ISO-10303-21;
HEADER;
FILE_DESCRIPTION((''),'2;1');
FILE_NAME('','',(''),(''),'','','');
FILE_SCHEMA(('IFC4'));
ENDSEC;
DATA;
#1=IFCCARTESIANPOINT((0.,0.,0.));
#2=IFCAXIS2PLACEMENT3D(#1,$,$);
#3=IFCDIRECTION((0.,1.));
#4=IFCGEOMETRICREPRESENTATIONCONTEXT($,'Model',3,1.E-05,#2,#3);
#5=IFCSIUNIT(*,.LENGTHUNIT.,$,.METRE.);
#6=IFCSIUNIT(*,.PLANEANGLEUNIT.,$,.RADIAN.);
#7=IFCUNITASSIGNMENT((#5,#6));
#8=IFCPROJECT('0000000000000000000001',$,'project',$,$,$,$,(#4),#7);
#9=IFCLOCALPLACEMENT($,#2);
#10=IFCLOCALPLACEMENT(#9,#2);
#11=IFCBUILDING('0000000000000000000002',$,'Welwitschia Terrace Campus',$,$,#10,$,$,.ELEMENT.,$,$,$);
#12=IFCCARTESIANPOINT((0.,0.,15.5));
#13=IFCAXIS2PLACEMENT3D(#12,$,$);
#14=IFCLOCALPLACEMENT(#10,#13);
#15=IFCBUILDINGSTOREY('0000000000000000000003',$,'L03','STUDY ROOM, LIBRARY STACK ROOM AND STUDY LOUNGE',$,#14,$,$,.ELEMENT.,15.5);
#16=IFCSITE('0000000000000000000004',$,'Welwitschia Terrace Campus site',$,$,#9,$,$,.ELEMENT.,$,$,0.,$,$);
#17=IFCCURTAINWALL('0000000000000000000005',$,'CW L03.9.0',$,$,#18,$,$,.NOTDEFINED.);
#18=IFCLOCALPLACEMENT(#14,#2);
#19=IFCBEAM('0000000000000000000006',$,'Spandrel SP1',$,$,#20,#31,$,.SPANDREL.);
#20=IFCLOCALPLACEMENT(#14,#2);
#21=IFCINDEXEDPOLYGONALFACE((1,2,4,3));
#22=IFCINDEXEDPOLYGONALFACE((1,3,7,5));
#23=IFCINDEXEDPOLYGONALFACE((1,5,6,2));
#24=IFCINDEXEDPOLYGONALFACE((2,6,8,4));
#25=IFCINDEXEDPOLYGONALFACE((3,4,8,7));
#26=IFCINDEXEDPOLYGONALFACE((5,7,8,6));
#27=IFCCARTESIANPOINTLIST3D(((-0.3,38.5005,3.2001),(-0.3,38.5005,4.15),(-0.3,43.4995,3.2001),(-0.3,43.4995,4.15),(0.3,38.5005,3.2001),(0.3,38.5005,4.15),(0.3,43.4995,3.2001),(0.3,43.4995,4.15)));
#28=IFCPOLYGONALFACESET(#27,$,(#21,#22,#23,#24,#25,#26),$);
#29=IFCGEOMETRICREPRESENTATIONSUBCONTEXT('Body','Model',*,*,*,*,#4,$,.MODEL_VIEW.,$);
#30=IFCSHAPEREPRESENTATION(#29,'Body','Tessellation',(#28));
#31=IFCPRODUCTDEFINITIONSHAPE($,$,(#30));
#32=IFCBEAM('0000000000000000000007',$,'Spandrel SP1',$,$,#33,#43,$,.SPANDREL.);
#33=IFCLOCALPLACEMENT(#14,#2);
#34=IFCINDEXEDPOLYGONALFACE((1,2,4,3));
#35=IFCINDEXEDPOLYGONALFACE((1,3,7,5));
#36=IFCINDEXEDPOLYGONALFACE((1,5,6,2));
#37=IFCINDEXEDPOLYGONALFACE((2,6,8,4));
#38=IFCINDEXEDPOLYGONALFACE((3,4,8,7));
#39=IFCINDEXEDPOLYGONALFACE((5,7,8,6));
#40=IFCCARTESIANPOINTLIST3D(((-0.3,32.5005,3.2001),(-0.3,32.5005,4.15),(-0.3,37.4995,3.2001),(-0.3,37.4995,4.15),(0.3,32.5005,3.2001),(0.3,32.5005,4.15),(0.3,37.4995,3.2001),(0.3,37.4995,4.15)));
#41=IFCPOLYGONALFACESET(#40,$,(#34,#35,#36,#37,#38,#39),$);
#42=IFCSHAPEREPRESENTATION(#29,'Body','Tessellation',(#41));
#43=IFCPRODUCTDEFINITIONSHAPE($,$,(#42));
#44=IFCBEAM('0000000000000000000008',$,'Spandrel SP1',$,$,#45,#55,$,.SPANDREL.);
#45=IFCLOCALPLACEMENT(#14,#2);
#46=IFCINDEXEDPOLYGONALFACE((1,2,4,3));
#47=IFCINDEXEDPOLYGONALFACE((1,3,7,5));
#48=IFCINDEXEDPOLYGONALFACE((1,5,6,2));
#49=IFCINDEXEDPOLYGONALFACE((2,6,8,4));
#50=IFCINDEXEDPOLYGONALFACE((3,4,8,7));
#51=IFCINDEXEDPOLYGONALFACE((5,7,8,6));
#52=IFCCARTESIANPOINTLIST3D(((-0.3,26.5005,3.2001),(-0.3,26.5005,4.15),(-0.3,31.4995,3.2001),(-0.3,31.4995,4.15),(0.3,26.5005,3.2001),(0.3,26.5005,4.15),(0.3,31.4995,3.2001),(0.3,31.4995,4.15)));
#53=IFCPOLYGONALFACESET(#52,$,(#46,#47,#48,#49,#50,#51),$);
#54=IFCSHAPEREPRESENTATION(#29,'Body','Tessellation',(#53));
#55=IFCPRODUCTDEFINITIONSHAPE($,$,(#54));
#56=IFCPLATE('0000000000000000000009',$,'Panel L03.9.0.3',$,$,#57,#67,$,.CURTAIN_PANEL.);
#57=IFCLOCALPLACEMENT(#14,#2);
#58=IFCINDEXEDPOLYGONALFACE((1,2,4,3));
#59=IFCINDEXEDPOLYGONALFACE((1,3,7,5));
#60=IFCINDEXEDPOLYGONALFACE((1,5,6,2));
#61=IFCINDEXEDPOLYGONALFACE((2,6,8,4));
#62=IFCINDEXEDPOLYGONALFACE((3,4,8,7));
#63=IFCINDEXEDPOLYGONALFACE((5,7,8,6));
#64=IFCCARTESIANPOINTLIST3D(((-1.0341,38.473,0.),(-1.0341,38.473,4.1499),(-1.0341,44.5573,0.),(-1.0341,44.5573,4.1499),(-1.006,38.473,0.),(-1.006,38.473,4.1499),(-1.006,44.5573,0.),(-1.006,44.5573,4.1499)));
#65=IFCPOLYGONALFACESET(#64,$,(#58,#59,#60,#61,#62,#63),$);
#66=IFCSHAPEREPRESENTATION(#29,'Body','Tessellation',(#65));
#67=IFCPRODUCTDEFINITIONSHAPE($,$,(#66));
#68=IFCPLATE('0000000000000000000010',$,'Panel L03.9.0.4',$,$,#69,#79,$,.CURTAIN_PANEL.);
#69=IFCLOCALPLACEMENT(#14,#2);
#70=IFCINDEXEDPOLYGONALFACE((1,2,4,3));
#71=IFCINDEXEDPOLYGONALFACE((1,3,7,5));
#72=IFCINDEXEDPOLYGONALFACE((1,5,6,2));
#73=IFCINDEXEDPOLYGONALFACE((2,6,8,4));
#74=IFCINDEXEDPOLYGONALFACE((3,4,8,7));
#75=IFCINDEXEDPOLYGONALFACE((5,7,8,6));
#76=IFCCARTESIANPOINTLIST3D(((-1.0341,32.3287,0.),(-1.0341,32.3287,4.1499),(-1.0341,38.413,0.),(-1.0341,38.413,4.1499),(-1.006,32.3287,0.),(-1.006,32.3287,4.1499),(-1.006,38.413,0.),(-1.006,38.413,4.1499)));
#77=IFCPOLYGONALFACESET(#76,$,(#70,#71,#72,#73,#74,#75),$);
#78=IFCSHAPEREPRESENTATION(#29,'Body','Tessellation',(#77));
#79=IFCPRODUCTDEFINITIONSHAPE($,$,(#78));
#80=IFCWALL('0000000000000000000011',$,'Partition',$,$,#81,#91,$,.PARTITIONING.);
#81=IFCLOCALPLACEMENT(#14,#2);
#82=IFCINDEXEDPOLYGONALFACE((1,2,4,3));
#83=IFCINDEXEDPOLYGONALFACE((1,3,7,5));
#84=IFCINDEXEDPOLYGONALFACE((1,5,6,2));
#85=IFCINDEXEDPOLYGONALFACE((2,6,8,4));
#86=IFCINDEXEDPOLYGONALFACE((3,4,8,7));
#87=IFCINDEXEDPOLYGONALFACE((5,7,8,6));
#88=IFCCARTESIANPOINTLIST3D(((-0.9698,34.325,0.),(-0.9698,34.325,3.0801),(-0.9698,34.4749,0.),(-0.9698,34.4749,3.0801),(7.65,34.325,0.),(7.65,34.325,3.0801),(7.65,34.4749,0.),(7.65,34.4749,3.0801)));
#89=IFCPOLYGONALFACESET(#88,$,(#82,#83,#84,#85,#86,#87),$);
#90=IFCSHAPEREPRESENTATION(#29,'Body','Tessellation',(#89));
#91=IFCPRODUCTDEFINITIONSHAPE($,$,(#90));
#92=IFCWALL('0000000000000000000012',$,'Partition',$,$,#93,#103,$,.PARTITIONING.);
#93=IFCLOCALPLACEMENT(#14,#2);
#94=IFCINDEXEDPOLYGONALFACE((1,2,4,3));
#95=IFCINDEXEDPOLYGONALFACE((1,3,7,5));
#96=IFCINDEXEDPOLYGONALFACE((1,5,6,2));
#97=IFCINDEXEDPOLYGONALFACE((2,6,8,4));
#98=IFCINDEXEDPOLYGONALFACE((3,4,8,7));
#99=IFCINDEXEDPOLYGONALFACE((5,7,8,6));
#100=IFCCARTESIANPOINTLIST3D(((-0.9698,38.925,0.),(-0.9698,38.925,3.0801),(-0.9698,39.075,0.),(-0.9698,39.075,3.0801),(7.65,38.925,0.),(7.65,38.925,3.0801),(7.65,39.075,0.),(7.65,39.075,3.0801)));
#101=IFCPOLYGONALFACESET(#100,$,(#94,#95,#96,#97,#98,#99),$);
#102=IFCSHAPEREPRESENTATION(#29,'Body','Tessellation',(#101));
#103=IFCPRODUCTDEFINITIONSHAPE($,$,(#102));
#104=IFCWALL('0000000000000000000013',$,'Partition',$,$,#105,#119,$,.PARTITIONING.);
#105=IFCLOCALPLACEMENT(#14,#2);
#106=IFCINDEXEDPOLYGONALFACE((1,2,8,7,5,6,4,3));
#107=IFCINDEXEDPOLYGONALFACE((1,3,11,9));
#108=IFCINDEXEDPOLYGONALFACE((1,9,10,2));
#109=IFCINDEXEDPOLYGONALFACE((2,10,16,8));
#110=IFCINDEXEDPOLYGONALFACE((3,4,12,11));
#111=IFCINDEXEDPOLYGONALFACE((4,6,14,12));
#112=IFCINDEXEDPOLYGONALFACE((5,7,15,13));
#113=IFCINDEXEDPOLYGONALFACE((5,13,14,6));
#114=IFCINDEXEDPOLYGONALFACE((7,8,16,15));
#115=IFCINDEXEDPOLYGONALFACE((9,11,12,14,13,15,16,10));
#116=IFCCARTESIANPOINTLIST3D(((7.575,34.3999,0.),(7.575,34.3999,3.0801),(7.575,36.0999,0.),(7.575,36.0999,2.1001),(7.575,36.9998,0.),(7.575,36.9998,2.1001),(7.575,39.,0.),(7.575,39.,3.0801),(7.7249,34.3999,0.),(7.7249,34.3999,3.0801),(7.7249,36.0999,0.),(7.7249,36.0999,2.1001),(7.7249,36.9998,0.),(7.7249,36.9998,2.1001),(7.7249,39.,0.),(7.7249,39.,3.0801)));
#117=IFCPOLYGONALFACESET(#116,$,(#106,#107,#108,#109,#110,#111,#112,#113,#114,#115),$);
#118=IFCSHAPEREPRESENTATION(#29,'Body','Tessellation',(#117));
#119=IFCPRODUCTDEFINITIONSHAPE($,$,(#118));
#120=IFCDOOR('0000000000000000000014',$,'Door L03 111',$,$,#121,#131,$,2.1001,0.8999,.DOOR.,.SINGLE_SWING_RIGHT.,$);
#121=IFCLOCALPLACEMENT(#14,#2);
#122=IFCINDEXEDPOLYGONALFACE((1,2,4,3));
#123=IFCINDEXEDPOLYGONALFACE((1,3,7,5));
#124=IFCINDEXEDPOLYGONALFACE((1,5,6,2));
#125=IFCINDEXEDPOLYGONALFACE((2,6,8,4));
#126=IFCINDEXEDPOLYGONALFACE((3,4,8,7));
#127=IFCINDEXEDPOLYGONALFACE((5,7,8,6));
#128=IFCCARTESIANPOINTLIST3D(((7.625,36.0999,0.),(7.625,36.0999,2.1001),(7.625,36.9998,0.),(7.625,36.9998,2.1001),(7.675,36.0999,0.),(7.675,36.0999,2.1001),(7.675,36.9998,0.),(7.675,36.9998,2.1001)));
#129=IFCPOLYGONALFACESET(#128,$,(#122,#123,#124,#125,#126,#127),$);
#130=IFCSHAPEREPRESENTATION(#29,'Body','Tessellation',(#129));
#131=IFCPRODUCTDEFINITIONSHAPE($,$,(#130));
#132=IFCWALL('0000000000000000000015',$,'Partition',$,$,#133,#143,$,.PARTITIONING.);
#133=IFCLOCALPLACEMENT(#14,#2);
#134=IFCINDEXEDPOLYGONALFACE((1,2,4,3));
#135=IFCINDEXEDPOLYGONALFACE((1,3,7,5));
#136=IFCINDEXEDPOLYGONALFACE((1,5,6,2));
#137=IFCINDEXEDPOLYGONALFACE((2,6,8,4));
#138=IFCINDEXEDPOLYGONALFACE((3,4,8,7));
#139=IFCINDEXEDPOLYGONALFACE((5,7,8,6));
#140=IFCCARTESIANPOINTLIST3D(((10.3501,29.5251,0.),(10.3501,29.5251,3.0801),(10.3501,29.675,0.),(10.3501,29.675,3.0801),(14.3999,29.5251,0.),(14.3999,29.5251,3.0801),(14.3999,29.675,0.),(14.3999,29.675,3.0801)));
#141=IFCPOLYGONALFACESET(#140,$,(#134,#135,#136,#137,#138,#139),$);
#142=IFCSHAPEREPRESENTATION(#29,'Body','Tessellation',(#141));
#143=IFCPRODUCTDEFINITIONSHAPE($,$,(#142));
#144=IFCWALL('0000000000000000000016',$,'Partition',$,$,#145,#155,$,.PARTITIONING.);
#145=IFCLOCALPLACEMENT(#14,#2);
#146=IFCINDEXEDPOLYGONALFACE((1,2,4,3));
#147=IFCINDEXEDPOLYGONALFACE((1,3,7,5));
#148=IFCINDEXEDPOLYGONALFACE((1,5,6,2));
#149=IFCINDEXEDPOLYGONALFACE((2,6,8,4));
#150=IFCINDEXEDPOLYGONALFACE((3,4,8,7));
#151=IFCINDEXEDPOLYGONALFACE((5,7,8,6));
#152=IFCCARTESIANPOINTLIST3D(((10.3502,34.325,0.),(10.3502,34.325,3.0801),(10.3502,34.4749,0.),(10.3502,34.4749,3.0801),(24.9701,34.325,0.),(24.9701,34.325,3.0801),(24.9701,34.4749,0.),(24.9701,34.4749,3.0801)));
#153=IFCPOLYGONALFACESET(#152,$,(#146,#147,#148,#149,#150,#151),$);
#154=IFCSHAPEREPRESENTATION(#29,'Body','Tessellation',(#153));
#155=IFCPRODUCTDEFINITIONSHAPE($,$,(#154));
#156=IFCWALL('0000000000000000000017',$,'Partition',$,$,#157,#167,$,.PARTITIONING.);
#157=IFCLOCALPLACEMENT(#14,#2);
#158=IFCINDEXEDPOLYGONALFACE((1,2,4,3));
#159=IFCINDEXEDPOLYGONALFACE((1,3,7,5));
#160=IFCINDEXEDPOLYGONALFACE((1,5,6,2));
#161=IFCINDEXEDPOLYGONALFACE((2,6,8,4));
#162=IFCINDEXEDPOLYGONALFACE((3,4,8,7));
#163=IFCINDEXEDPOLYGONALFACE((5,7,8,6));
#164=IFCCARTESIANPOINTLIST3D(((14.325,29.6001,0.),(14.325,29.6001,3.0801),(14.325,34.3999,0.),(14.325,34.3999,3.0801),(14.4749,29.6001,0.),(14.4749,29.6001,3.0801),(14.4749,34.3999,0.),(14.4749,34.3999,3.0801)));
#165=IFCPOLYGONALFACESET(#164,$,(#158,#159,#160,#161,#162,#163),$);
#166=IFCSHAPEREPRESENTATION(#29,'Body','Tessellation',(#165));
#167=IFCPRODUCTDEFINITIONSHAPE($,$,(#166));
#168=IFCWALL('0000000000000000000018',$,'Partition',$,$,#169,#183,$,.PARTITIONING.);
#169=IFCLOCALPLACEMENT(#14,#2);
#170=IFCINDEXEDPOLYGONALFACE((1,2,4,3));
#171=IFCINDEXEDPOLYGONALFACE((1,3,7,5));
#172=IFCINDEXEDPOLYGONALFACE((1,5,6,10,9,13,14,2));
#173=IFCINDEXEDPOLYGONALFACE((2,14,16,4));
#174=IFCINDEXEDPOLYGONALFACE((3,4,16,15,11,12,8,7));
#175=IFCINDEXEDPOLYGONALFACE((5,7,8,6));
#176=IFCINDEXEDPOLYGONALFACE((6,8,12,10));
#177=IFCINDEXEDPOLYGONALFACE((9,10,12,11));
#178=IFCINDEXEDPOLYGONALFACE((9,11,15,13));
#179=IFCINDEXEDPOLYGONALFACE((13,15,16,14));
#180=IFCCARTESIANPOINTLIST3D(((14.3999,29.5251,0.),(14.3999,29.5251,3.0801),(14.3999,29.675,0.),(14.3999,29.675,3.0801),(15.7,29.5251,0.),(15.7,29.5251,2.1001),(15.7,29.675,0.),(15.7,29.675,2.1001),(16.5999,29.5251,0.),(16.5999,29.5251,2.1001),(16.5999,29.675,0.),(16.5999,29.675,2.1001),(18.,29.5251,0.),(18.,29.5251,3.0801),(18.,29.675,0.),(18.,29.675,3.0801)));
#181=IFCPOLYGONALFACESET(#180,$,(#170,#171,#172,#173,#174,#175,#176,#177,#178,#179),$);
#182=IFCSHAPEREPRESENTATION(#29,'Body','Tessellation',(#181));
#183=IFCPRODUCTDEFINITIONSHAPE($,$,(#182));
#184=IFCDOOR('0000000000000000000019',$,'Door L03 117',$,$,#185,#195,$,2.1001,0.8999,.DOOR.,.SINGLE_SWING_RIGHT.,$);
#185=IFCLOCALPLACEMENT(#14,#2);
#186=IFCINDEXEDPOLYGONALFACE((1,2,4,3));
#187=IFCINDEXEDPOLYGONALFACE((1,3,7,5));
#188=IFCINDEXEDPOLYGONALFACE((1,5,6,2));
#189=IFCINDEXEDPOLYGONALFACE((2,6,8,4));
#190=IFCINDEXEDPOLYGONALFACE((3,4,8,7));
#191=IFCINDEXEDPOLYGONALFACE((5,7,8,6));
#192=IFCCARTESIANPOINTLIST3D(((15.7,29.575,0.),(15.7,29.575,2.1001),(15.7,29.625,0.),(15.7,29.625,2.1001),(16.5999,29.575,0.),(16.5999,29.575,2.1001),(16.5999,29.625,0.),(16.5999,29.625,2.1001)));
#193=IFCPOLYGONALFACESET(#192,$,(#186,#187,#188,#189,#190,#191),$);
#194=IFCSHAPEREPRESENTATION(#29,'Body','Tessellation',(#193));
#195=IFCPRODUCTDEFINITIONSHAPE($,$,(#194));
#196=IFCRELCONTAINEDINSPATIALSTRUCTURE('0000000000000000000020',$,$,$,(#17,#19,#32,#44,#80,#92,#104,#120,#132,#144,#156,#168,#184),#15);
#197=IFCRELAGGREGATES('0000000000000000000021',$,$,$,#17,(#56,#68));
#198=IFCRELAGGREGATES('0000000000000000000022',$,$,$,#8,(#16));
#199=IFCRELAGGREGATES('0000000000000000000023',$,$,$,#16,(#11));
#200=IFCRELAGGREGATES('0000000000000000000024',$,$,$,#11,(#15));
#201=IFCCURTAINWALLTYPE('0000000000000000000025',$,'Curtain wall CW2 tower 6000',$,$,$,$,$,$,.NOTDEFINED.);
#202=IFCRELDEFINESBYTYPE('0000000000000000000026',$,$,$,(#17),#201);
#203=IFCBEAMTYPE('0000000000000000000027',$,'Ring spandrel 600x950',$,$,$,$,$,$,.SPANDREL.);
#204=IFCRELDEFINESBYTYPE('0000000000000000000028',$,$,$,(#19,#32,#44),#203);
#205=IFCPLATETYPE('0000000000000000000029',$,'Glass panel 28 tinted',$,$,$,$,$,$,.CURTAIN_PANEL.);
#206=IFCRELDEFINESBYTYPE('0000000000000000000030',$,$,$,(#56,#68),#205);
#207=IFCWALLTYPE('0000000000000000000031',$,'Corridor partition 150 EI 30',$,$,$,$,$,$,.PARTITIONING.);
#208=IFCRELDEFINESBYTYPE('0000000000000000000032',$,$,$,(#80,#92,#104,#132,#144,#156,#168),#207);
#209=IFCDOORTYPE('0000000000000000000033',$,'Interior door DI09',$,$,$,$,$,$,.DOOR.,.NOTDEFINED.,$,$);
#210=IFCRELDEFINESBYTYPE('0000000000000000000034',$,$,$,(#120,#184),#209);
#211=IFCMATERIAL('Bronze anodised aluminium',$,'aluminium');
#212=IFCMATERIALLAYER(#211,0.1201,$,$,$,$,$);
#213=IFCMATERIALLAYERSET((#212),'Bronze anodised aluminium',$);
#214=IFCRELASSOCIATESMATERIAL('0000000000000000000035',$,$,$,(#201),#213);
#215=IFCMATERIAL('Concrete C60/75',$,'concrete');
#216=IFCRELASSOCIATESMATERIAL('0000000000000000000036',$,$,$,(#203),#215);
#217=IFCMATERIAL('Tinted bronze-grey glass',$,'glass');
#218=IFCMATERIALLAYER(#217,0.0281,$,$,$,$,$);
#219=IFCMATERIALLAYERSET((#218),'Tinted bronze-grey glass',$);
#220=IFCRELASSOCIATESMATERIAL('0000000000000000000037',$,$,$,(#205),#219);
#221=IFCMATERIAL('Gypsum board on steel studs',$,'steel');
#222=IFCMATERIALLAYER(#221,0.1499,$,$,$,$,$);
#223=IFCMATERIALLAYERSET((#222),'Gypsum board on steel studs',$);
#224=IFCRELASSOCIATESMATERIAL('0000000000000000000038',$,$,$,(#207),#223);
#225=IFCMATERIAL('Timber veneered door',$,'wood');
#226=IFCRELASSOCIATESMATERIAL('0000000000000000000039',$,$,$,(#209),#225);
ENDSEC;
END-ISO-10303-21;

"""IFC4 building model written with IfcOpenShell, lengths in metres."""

from ifc_helpers import new_model, si_unit, direction, frame, frame_2d, origin, origin_2d, place, context, subcontext, project, spatial, rectangle, extrude, material, layer, layer_set, material_profile, profile_set, type_object, element, fill, aggregate, save


model = new_model("IFC4")

# Units and contexts
model_context = context("Model", 3, precision=1e-05, world=origin(), true_north=direction((0.0, 1.0)))
body_context = subcontext(model_context, "Body", "Model", "MODEL_VIEW")
ifc_project = project(units=[si_unit("LENGTHUNIT", "METRE"), si_unit("PLANEANGLEUNIT", "RADIAN")], contexts=[model_context])

# Site, building, storey
site_placement = place(None, origin())
site = spatial("IfcSite", under=ifc_project, at=site_placement, Name="Welwitschia Terrace Campus site", CompositionType="ELEMENT", RefElevation=0.0)
building_placement = place(site_placement, origin())
building = spatial("IfcBuilding", under=site, at=building_placement, Name="Welwitschia Terrace Campus", CompositionType="ELEMENT")
storey_placement = place(building_placement, frame((0.0, 0.0, 15.5)))
storey = spatial("IfcBuildingStorey", under=building, at=storey_placement, Name="L03", Description="STUDY ROOM, LIBRARY STACK ROOM AND STUDY LOUNGE", CompositionType="ELEMENT", Elevation=15.5)

# Curtain wall
ifc_material_1 = material(Name="Bronze anodised aluminium", Category="aluminium")
ifc_layer_1 = layer(ifc_material_1, 0.1201)
ifc_layer_set_1 = layer_set([ifc_layer_1], Name="Bronze anodised aluminium")
curtain_wall_type = type_object("IfcCurtainWallType", Name="Curtain wall CW2 tower 6000", PredefinedType="NOTDEFINED", material=ifc_layer_set_1)
curtain_wall_placement = place(storey_placement, origin())
curtain_wall = element("IfcCurtainWall", 1, at=curtain_wall_placement, inside=storey, type_object=curtain_wall_type, Name="CW L03.9.0", PredefinedType="NOTDEFINED")

# Beams
ifc_material_2 = material(Name="Concrete C60/75", Category="concrete")
ifc_material_profile_1 = material_profile(ifc_material_2, rectangle(XDim=0.6001, YDim=0.95, at=origin_2d()))
ifc_profile_set_1 = profile_set([ifc_material_profile_1], Name="Concrete C60/75")
beam_type_1 = type_object("IfcBeamType", Name="Ring spandrel 600x950", PredefinedType="SPANDREL", material=ifc_profile_set_1)
for number, where, z_axis, x_axis, name in (
    (2, (0.0, 43.4995, 3.675), (0.0, -1.0, 0.0), (1.0, 0.0, 0.0), "Spandrel SP1"),
    (3, (0.0, 37.4995, 3.675), (0.0, -1.0, 0.0), (1.0, 0.0, 0.0), "Spandrel SP1"),
    (4, (0.0, 31.4995, 3.675), (0.0, -1.0, 0.0), (1.0, 0.0, 0.0), "Spandrel SP1"),
):
    element("IfcBeam", number, at=place(storey_placement, frame(where, z_axis=z_axis, x_axis=x_axis)), inside=storey, type_object=beam_type_1, Name=name, PredefinedType="SPANDREL", context=body_context, shape_type="SweptSolid", body=[
        extrude(rectangle(XDim=0.6001, YDim=0.95, at=origin_2d()), origin(), (0.0, 0.0, 1.0), 4.999),
    ])

# Plates
ifc_material_3 = material(Name="Tinted bronze-grey glass", Category="glass")
ifc_layer_2 = layer(ifc_material_3, 0.0281)
ifc_layer_set_2 = layer_set([ifc_layer_2], Name="Tinted bronze-grey glass")
plate_type = type_object("IfcPlateType", Name="Glass panel 28 tinted", PredefinedType="CURTAIN_PANEL", material=ifc_layer_set_2)
plate_1_placement = place(storey_placement, frame((-1.02, 41.5151, 0.0), z_axis=(0.0, 0.0, 1.0), x_axis=(0.0, -1.0, 0.0)))
plate_1 = element("IfcPlate", 5, at=plate_1_placement, type_object=plate_type, Name="Panel L03.9.0.3", PredefinedType="CURTAIN_PANEL", context=body_context, shape_type="SweptSolid", body=[
    extrude(rectangle(XDim=6.0842, YDim=0.0281, at=origin_2d()), origin(), (0.0, 0.0, 1.0), 4.1499),
])
plate_2_placement = place(storey_placement, frame((-1.02, 35.3708, 0.0), z_axis=(0.0, 0.0, 1.0), x_axis=(0.0, -1.0, 0.0)))
plate_2 = element("IfcPlate", 6, at=plate_2_placement, type_object=plate_type, Name="Panel L03.9.0.4", PredefinedType="CURTAIN_PANEL", context=body_context, shape_type="SweptSolid", body=[
    extrude(rectangle(XDim=6.0842, YDim=0.0281, at=origin_2d()), origin(), (0.0, 0.0, 1.0), 4.1499),
])
aggregate(curtain_wall, [plate_1, plate_2])

# Walls
ifc_material_4 = material(Name="Gypsum board on steel studs", Category="steel")
ifc_layer_3 = layer(ifc_material_4, 0.1499)
ifc_layer_set_3 = layer_set([ifc_layer_3], Name="Gypsum board on steel studs")
wall_type = type_object("IfcWallType", Name="Corridor partition 150 EI 30", PredefinedType="PARTITIONING", material=ifc_layer_set_3)
for number, where, z_axis, x_axis, name in (
    (7, (-0.97, 34.3999, 0.0), (0.0, 0.0, 1.0), (1.0, 0.0, 0.0), "Partition"),
    (8, (-0.97, 39.0, 0.0), (0.0, 0.0, 1.0), (1.0, 0.0, 0.0), "Partition"),
):
    element("IfcWall", number, at=place(storey_placement, frame(where, z_axis=z_axis, x_axis=x_axis)), inside=storey, type_object=wall_type, Name=name, PredefinedType="PARTITIONING", context=body_context, shape_type="SweptSolid", body=[
        extrude(rectangle(XDim=8.6199, YDim=0.1499, at=frame_2d((4.3101, 0.0))), origin(), (0.0, 0.0, 1.0), 3.0801),
    ])

# Wall, opening, door
wall_1_placement = place(storey_placement, frame((7.6499, 34.3999, 0.0), z_axis=(0.0, 0.0, 1.0), x_axis=(0.0, 1.0, 0.0)))
wall_1 = element("IfcWall", 9, at=wall_1_placement, inside=storey, type_object=wall_type, Name="Partition", PredefinedType="PARTITIONING", context=body_context, shape_type="SweptSolid", body=[
    extrude(rectangle(XDim=4.6001, YDim=0.1499, at=frame_2d((2.3, 0.0))), origin(), (0.0, 0.0, 1.0), 3.0801),
])
opening_1_placement = place(wall_1_placement, frame((1.7, 0.0, 0.0)))
opening_1 = element("IfcOpeningElement", 10, at=opening_1_placement, cuts=wall_1, PredefinedType="OPENING", context=body_context, shape_type="SweptSolid", body=[
    extrude(rectangle(XDim=0.8999, YDim=2.1001, at=frame_2d((0.45, 1.05))), frame((0.0, 0.085, 0.0), z_axis=(0.0, -1.0, 0.0), x_axis=(1.0, 0.0, 0.0)), (0.0, 0.0, 1.0), 0.1699),
])
ifc_material_5 = material(Name="Timber veneered door", Category="wood")
door_type = type_object("IfcDoorType", Name="Interior door DI09", OperationType="NOTDEFINED", PredefinedType="DOOR", material=ifc_material_5)
door_1_placement = place(opening_1_placement, origin())
door_1 = element("IfcDoor", 11, at=door_1_placement, inside=storey, type_object=door_type, Name="Door L03 111", OperationType="SINGLE_SWING_RIGHT", OverallHeight=2.1001, OverallWidth=0.8999, PredefinedType="DOOR", context=body_context, shape_type="SweptSolid", body=[
    extrude(rectangle(XDim=0.8999, YDim=2.1001, at=frame_2d((0.45, 1.05))), frame((0.0, 0.0249, 0.0), z_axis=(0.0, -1.0, 0.0), x_axis=(1.0, 0.0, 0.0)), (0.0, 0.0, 1.0), 0.05),
])
fill(opening_1, door_1)

# Walls
wall_2_placement = place(storey_placement, frame((10.3501, 29.6001, 0.0), z_axis=(0.0, 0.0, 1.0), x_axis=(1.0, 0.0, 0.0)))
element("IfcWall", 12, at=wall_2_placement, inside=storey, type_object=wall_type, Name="Partition", PredefinedType="PARTITIONING", context=body_context, shape_type="SweptSolid", body=[
    extrude(rectangle(XDim=4.0498, YDim=0.1499, at=frame_2d((2.0249, 0.0))), origin(), (0.0, 0.0, 1.0), 3.0801),
])
wall_3_placement = place(storey_placement, frame((10.3501, 34.3999, 0.0), z_axis=(0.0, 0.0, 1.0), x_axis=(1.0, 0.0, 0.0)))
element("IfcWall", 13, at=wall_3_placement, inside=storey, type_object=wall_type, Name="Partition", PredefinedType="PARTITIONING", context=body_context, shape_type="SweptSolid", body=[
    extrude(rectangle(XDim=14.6199, YDim=0.1499, at=frame_2d((7.3101, 0.0))), origin(), (0.0, 0.0, 1.0), 3.0801),
])
wall_4_placement = place(storey_placement, frame((14.3999, 29.6001, 0.0), z_axis=(0.0, 0.0, 1.0), x_axis=(0.0, 1.0, 0.0)))
element("IfcWall", 14, at=wall_4_placement, inside=storey, type_object=wall_type, Name="Partition", PredefinedType="PARTITIONING", context=body_context, shape_type="SweptSolid", body=[
    extrude(rectangle(XDim=4.7998, YDim=0.1499, at=frame_2d((2.3999, 0.0))), origin(), (0.0, 0.0, 1.0), 3.0801),
])

# Wall, opening, door
wall_5_placement = place(storey_placement, frame((14.3999, 29.6001, 0.0), z_axis=(0.0, 0.0, 1.0), x_axis=(1.0, 0.0, 0.0)))
wall_5 = element("IfcWall", 15, at=wall_5_placement, inside=storey, type_object=wall_type, Name="Partition", PredefinedType="PARTITIONING", context=body_context, shape_type="SweptSolid", body=[
    extrude(rectangle(XDim=3.6001, YDim=0.1499, at=frame_2d((1.8, 0.0))), origin(), (0.0, 0.0, 1.0), 3.0801),
])
opening_2_placement = place(wall_5_placement, frame((1.3, 0.0, 0.0)))
opening_2 = element("IfcOpeningElement", 16, at=opening_2_placement, cuts=wall_5, PredefinedType="OPENING", context=body_context, shape_type="SweptSolid", body=[
    extrude(rectangle(XDim=0.8999, YDim=2.1001, at=frame_2d((0.45, 1.05))), frame((0.0, 0.085, 0.0), z_axis=(0.0, -1.0, 0.0), x_axis=(1.0, 0.0, 0.0)), (0.0, 0.0, 1.0), 0.1699),
])
door_2_placement = place(opening_2_placement, origin())
door_2 = element("IfcDoor", 17, at=door_2_placement, inside=storey, type_object=door_type, Name="Door L03 117", OperationType="SINGLE_SWING_RIGHT", OverallHeight=2.1001, OverallWidth=0.8999, PredefinedType="DOOR", context=body_context, shape_type="SweptSolid", body=[
    extrude(rectangle(XDim=0.8999, YDim=2.1001, at=frame_2d((0.45, 1.05))), frame((0.0, 0.0249, 0.0), z_axis=(0.0, -1.0, 0.0), x_axis=(1.0, 0.0, 0.0)), (0.0, 0.0, 1.0), 0.05),
])
fill(opening_2, door_2)

save(model, "model.ifc")
